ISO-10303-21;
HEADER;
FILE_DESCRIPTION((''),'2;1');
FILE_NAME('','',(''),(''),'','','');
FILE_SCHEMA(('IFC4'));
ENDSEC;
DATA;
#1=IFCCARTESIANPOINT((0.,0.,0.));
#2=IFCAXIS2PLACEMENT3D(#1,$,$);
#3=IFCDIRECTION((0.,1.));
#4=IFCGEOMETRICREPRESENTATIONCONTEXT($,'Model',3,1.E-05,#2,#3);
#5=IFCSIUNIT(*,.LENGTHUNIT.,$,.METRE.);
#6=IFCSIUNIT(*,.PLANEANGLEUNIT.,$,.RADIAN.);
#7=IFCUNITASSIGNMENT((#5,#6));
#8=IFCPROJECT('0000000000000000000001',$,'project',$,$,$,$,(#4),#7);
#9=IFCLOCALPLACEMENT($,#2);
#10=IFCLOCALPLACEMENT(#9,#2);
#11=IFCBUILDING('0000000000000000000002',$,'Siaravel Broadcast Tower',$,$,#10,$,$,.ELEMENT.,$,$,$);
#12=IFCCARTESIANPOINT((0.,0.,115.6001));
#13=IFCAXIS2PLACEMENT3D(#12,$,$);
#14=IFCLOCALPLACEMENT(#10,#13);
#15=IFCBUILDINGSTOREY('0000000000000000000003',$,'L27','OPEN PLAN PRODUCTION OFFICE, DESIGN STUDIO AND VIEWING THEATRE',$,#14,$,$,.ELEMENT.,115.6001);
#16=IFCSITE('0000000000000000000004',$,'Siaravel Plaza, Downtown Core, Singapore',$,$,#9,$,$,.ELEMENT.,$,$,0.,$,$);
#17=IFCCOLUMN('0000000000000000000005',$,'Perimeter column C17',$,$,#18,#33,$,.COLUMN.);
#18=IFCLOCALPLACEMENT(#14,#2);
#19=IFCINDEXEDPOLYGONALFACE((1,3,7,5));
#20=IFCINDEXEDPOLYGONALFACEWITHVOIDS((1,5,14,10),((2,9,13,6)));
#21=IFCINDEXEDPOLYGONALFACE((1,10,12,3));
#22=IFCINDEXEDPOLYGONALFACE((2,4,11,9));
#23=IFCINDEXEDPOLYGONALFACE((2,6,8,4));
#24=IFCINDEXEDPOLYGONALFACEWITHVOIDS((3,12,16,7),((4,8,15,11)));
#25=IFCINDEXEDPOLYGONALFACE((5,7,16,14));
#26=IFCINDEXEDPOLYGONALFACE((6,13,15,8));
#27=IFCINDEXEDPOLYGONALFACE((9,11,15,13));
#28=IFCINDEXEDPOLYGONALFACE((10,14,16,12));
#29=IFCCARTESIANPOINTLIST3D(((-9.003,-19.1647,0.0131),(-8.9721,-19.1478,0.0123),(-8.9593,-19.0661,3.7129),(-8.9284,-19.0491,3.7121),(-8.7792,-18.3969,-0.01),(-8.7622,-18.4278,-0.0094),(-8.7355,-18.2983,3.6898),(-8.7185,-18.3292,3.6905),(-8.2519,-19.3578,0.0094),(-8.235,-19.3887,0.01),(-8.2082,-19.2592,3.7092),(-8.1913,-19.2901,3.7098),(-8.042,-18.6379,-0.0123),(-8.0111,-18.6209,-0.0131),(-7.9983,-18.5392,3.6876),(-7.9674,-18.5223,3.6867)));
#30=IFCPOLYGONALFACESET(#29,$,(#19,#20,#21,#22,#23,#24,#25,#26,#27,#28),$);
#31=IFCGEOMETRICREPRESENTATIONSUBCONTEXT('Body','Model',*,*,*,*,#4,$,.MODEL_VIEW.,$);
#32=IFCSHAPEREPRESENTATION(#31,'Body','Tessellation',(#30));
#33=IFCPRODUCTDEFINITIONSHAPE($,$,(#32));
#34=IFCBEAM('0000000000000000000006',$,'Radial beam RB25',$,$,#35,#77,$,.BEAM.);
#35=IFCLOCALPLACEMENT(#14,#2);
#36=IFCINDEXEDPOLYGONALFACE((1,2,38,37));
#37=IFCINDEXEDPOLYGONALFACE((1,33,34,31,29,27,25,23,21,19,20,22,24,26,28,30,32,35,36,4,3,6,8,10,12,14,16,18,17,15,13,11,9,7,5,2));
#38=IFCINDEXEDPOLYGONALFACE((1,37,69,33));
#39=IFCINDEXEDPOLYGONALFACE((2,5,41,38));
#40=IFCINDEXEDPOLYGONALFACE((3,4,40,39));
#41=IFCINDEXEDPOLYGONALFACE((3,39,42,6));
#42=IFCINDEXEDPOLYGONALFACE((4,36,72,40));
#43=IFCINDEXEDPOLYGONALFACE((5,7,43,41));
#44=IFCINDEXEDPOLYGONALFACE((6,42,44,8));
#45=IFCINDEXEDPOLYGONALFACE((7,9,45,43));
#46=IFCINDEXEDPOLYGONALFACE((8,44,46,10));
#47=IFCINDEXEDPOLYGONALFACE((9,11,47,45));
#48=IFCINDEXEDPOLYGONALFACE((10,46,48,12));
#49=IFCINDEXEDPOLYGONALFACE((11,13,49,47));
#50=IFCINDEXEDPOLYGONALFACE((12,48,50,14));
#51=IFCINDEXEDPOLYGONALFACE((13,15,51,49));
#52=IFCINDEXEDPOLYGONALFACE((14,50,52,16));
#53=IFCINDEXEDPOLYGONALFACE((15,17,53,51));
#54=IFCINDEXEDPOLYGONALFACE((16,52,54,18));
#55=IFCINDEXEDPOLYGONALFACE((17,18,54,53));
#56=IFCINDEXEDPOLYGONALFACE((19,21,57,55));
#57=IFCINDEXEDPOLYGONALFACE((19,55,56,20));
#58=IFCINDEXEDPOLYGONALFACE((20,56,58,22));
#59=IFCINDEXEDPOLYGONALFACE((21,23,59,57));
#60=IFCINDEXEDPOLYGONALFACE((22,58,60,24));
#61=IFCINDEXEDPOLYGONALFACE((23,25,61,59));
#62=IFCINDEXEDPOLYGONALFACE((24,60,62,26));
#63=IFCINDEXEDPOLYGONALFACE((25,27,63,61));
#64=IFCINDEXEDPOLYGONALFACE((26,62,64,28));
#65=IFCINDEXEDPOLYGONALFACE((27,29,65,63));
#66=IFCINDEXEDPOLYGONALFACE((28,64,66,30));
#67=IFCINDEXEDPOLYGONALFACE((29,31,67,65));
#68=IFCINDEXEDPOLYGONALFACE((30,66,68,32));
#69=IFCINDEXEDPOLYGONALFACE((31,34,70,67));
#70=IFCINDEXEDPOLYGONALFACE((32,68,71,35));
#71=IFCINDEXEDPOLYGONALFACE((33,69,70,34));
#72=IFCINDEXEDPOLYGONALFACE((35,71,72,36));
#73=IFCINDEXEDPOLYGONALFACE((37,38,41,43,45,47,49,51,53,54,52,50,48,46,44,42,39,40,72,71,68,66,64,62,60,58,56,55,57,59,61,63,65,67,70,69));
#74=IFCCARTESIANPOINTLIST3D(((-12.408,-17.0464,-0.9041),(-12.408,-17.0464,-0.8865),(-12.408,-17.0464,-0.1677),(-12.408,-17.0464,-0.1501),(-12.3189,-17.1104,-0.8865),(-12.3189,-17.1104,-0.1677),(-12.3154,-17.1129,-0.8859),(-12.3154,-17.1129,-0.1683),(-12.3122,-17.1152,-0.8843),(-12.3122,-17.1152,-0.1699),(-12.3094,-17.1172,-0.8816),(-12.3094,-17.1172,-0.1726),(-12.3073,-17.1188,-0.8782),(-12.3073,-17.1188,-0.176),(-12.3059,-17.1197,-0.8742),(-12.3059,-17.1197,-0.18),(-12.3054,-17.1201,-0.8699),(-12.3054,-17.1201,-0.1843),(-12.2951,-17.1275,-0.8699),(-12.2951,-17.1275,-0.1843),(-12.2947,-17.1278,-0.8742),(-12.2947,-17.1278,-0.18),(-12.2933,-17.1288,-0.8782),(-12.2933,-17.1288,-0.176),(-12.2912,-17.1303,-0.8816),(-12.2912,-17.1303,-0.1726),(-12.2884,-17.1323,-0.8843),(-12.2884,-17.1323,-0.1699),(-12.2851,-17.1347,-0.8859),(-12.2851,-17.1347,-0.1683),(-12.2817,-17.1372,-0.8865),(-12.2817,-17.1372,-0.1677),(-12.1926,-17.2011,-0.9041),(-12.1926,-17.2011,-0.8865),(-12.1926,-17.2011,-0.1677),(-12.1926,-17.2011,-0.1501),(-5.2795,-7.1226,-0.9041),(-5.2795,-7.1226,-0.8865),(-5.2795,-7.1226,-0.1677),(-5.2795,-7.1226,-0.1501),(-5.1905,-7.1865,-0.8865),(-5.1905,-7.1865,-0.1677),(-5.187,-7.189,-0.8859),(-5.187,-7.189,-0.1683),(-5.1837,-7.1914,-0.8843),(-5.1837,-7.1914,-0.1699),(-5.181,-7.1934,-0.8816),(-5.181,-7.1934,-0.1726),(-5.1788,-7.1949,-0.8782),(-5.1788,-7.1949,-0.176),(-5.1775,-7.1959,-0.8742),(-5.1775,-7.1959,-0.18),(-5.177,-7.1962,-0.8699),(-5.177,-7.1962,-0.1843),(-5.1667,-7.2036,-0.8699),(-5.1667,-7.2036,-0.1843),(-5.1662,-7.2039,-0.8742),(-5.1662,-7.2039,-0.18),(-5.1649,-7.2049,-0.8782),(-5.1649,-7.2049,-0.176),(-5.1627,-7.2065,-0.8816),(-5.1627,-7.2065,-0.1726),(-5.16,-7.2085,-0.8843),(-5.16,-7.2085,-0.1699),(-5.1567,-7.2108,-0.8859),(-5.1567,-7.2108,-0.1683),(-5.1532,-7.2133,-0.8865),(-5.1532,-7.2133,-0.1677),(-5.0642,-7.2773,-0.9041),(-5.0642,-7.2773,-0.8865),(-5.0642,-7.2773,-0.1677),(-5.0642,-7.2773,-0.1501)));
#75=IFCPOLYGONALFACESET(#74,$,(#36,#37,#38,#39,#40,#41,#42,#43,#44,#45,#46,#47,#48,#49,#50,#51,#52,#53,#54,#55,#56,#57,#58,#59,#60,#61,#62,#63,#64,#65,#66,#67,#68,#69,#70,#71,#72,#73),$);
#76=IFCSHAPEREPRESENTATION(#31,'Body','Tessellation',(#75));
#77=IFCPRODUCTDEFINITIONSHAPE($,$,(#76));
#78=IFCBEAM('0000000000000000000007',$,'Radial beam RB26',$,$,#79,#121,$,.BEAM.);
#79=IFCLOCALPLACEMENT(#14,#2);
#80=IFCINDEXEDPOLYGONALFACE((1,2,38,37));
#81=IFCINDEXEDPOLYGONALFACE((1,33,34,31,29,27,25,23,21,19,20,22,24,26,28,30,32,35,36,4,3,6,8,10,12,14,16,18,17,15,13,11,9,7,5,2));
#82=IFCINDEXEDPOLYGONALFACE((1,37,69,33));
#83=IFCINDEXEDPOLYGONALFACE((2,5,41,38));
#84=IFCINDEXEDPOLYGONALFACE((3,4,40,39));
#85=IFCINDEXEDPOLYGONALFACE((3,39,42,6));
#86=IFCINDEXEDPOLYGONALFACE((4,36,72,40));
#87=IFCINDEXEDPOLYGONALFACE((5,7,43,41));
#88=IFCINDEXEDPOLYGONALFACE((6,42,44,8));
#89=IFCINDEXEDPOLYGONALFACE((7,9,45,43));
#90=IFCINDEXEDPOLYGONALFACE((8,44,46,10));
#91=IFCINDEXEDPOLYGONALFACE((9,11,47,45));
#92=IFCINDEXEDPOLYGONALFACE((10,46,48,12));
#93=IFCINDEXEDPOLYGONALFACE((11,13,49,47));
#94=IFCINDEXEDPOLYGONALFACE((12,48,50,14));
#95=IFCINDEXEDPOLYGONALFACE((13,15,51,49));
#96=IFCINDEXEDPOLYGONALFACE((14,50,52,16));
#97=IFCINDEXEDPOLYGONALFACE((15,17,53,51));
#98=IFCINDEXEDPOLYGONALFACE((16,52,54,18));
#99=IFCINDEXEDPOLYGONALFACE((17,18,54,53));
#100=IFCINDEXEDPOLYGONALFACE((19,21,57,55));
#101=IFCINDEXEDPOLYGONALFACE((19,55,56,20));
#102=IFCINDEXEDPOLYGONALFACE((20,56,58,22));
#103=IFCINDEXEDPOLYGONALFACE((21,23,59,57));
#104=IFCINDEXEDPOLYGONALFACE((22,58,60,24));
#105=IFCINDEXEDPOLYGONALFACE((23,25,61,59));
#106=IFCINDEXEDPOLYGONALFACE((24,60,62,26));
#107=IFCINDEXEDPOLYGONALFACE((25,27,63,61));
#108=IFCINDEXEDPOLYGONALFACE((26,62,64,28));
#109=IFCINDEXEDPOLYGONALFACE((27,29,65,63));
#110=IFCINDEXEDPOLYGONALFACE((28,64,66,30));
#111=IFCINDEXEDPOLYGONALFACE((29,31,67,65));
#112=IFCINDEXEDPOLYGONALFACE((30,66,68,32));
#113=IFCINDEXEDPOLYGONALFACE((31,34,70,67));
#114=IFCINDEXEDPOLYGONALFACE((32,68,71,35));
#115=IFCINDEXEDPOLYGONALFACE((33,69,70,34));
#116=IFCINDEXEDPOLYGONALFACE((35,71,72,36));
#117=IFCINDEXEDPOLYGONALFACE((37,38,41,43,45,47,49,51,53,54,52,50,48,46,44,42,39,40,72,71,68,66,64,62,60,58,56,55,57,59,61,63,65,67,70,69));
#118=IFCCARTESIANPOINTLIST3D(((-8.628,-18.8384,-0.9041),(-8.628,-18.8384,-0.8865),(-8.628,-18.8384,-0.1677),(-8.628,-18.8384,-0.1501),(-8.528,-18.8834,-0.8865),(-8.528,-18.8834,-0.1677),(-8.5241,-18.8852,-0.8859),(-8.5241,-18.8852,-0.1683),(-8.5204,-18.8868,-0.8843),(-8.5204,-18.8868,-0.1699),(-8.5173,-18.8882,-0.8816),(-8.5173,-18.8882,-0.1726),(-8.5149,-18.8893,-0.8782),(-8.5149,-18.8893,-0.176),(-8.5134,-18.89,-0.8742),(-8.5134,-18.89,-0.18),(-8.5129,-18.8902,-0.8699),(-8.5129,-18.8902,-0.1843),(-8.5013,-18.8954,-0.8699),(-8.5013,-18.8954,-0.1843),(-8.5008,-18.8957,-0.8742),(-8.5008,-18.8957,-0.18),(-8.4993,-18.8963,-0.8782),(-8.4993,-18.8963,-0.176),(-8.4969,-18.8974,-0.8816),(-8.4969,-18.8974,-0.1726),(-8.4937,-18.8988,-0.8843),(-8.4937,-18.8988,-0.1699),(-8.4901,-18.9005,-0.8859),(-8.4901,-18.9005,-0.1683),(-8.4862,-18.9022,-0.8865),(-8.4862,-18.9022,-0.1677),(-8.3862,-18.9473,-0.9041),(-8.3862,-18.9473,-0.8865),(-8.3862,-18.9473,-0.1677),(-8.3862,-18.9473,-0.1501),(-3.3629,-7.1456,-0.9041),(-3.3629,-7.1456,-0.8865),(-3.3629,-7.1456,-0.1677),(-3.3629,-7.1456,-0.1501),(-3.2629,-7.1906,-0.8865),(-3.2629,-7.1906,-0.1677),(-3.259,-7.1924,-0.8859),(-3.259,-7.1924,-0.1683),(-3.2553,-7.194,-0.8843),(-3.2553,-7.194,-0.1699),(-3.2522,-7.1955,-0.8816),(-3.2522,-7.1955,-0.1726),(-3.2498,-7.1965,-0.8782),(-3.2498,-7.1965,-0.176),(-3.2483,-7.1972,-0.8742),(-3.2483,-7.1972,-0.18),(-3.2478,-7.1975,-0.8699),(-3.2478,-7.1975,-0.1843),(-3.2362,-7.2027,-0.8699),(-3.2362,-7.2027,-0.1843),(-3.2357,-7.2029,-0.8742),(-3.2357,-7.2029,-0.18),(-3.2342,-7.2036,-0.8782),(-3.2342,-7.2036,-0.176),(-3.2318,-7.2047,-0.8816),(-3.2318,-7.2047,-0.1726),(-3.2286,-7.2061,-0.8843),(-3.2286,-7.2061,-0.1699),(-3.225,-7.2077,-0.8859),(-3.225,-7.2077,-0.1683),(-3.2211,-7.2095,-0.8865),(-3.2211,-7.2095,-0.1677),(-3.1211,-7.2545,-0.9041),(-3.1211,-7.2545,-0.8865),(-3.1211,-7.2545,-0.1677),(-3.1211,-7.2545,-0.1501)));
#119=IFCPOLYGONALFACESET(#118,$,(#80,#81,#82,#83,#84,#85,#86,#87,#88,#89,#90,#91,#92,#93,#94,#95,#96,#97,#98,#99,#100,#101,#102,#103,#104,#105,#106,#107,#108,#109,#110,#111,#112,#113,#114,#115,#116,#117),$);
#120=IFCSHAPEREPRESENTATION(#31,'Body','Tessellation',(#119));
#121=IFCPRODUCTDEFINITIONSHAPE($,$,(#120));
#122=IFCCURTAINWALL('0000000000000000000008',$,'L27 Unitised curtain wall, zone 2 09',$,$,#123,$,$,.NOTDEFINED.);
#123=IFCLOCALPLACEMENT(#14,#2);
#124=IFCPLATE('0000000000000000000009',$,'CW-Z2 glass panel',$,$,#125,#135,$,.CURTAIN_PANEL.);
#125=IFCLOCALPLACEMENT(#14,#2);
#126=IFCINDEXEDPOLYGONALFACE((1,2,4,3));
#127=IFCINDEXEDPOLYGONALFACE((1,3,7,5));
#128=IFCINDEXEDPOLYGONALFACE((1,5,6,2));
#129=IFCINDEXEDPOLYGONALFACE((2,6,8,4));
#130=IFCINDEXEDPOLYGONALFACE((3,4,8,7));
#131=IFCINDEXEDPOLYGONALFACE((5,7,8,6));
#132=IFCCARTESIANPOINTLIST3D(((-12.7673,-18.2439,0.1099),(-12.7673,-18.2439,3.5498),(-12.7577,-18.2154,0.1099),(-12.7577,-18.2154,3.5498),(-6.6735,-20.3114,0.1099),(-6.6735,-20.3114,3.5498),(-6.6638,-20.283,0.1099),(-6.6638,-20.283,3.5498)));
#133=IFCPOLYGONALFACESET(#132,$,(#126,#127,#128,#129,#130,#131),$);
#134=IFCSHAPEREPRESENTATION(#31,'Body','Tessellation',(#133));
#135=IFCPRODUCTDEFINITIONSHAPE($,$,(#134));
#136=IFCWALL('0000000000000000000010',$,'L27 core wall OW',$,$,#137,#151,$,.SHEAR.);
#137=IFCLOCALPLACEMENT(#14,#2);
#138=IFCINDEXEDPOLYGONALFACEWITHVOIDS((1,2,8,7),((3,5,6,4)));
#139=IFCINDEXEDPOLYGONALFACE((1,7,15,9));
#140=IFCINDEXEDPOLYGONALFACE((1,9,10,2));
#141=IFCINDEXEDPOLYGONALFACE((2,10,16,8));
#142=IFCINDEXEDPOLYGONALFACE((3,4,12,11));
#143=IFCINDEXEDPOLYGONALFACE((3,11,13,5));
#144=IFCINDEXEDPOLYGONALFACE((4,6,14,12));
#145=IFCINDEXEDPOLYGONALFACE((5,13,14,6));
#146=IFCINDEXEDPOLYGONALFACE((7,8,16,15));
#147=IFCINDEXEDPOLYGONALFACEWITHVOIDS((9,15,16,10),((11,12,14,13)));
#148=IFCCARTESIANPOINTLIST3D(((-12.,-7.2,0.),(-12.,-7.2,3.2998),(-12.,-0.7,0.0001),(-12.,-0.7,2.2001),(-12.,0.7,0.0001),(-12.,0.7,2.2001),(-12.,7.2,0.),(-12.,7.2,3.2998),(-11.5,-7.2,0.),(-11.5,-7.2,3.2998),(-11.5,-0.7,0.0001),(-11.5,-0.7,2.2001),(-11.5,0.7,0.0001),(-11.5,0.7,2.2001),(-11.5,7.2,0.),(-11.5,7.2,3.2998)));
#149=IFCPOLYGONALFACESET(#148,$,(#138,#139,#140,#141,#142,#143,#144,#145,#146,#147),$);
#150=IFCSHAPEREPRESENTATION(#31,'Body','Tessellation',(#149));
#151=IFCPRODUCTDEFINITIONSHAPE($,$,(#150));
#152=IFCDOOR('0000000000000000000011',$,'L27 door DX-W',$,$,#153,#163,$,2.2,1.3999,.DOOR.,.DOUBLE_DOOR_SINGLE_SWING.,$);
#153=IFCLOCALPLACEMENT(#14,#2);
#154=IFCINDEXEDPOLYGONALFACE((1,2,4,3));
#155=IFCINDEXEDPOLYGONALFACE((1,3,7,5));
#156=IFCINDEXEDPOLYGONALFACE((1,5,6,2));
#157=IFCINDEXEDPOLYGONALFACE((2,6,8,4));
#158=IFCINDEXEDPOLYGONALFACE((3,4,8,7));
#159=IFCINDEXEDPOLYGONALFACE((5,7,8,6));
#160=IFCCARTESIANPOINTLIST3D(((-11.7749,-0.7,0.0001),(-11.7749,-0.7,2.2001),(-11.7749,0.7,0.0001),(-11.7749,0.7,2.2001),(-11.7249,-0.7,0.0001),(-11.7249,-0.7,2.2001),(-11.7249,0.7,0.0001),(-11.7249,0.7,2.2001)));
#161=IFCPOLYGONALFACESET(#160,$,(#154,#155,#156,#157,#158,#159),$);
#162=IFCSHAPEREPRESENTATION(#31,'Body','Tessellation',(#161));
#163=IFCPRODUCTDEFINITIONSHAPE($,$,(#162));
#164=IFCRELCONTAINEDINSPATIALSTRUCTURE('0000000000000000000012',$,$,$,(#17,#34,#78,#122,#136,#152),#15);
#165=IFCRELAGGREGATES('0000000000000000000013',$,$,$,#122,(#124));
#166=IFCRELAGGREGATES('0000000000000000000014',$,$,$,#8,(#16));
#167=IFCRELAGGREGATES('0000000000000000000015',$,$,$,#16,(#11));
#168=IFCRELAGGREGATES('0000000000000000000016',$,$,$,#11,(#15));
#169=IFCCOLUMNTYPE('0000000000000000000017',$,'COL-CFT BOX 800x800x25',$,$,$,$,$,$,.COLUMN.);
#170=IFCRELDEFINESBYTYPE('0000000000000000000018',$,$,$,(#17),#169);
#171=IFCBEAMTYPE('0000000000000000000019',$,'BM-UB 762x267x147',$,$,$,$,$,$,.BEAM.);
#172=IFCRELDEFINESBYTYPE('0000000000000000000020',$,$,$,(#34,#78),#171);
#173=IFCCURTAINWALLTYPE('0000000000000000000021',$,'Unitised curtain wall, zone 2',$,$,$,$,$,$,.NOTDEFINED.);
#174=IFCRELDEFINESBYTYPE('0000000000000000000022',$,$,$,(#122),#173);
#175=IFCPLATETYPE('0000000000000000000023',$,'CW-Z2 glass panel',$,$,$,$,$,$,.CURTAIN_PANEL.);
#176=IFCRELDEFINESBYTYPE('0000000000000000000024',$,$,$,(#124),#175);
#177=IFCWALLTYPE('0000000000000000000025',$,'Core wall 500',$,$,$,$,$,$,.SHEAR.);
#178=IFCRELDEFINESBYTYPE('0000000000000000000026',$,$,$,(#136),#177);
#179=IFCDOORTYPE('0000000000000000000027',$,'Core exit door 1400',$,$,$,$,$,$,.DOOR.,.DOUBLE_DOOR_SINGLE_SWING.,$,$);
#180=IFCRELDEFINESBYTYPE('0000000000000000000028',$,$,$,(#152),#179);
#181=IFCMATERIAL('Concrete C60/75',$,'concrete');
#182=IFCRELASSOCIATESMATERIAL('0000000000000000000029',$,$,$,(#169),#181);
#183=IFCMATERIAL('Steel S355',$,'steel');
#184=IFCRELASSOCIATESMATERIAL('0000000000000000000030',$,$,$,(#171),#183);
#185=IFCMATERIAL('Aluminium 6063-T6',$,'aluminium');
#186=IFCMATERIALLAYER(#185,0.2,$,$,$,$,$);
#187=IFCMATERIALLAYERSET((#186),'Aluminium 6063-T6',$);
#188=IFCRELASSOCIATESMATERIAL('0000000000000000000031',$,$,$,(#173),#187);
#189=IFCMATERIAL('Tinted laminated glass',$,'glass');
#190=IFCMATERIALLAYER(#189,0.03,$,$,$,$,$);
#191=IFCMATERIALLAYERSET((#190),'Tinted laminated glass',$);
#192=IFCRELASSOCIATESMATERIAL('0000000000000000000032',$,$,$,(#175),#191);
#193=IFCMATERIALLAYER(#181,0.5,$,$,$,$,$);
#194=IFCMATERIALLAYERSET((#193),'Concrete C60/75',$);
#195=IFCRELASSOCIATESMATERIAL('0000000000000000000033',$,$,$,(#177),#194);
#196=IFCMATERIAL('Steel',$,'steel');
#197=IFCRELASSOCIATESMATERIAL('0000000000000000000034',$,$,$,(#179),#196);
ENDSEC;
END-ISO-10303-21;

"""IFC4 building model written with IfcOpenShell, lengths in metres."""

from ifc_helpers import new_model, si_unit, direction, frame, frame_2d, origin, origin_2d, place, context, subcontext, project, spatial, rectangle, hollow_rectangle, i_section, extrude, material, layer, layer_set, material_profile, profile_set, type_object, element, fill, aggregate, save


model = new_model("IFC4")

# Units and contexts
model_context = context("Model", 3, precision=1e-05, world=origin(), true_north=direction((0.0, 1.0)))
body_context = subcontext(model_context, "Body", "Model", "MODEL_VIEW")
ifc_project = project(units=[si_unit("LENGTHUNIT", "METRE"), si_unit("PLANEANGLEUNIT", "RADIAN")], contexts=[model_context])

# Site, building, storey
site_placement = place(None, origin())
site = spatial("IfcSite", under=ifc_project, at=site_placement, Name="Siaravel Plaza, Downtown Core, Singapore", CompositionType="ELEMENT", RefElevation=0.0)
building_placement = place(site_placement, origin())
building = spatial("IfcBuilding", under=site, at=building_placement, Name="Siaravel Broadcast Tower", CompositionType="ELEMENT")
storey_placement = place(building_placement, frame((0.0, 0.0, 115.6001)))
storey = spatial("IfcBuildingStorey", under=building, at=storey_placement, Name="L27", Description="OPEN PLAN PRODUCTION OFFICE, DESIGN STUDIO AND VIEWING THEATRE", CompositionType="ELEMENT", Elevation=115.6001)

# Column
ifc_material_1 = material(Name="Concrete C60/75", Category="concrete")
ifc_material_profile_1 = material_profile(ifc_material_1, hollow_rectangle(XDim=0.8, YDim=0.8, WallThickness=0.0249, at=origin_2d()))
ifc_profile_set_1 = profile_set([ifc_material_profile_1], Name="Concrete C60/75")
column_type = type_object("IfcColumnType", Name="COL-CFT BOX 800x800x25", PredefinedType="COLUMN", material=ifc_profile_set_1)
column_placement = place(storey_placement, frame((-8.5071, -18.8928, 0.0), z_axis=(0.011806, 0.026647, 0.999575), x_axis=(-0.959994, 0.279992, 0.003875)))
element("IfcColumn", 1, at=column_placement, inside=storey, type_object=column_type, Name="Perimeter column C17", PredefinedType="COLUMN", context=body_context, shape_type="SweptSolid", body=[
    extrude(hollow_rectangle(XDim=0.8, YDim=0.8, WallThickness=0.0249, at=origin_2d()), origin(), (0.0, 0.0, 1.0), 3.7014),
])

# Beams
ifc_material_2 = material(Name="Steel S355", Category="steel")
ifc_material_profile_2 = material_profile(ifc_material_2, i_section(OverallWidth=0.2651, OverallDepth=0.7539, WebThickness=0.0127, FlangeThickness=0.0176, FilletRadius=0.0166, at=origin_2d()))
ifc_profile_set_2 = profile_set([ifc_material_profile_2], Name="Steel S355")
beam_type = type_object("IfcBeamType", Name="BM-UB 762x267x147", PredefinedType="BEAM", material=ifc_profile_set_2)
beam_1_placement = place(storey_placement, frame((-12.3003, -17.1238, -0.5271), z_axis=(0.583402, 0.812183, 0.0), x_axis=(-0.812183, 0.583402, 0.0)))
element("IfcBeam", 2, at=beam_1_placement, inside=storey, type_object=beam_type, Name="Radial beam RB25", PredefinedType="BEAM", context=body_context, shape_type="SweptSolid", body=[
    extrude(i_section(OverallWidth=0.2651, OverallDepth=0.7539, WebThickness=0.0127, FlangeThickness=0.0176, FilletRadius=0.0166, at=origin_2d()), origin(), (0.0, 0.0, 1.0), 12.2188),
])
beam_2_placement = place(storey_placement, frame((-8.5071, -18.8928, -0.5271), z_axis=(0.410582, 0.911824, 0.0), x_axis=(-0.911824, 0.410582, 0.0)))
element("IfcBeam", 3, at=beam_2_placement, inside=storey, type_object=beam_type, Name="Radial beam RB26", PredefinedType="BEAM", context=body_context, shape_type="SweptSolid", body=[
    extrude(i_section(OverallWidth=0.2651, OverallDepth=0.7539, WebThickness=0.0127, FlangeThickness=0.0176, FilletRadius=0.0166, at=origin_2d()), origin(), (0.0, 0.0, 1.0), 12.8235),
])

# Curtain wall, plate
ifc_material_3 = material(Name="Aluminium 6063-T6", Category="aluminium")
ifc_layer_1 = layer(ifc_material_3, 0.2)
ifc_layer_set_1 = layer_set([ifc_layer_1], Name="Aluminium 6063-T6")
curtain_wall_type = type_object("IfcCurtainWallType", Name="Unitised curtain wall, zone 2", PredefinedType="NOTDEFINED", material=ifc_layer_set_1)
curtain_wall_placement = place(storey_placement, origin())
curtain_wall = element("IfcCurtainWall", 4, at=curtain_wall_placement, inside=storey, type_object=curtain_wall_type, Name="L27 Unitised curtain wall, zone 2 09", PredefinedType="NOTDEFINED")
ifc_material_4 = material(Name="Tinted laminated glass", Category="glass")
ifc_layer_2 = layer(ifc_material_4, 0.03)
ifc_layer_set_2 = layer_set([ifc_layer_2], Name="Tinted laminated glass")
plate_type = type_object("IfcPlateType", Name="CW-Z2 glass panel", PredefinedType="CURTAIN_PANEL", material=ifc_layer_set_2)
plate_placement = place(storey_placement, frame((-9.7156, -19.2634, 0.1099), z_axis=(0.0, 0.0, 1.0), x_axis=(0.946977, -0.321301, 0.0)))
plate = element("IfcPlate", 5, at=plate_placement, type_object=plate_type, Name="CW-Z2 glass panel", PredefinedType="CURTAIN_PANEL", context=body_context, shape_type="SweptSolid", body=[
    extrude(rectangle(XDim=6.4351, YDim=0.03, at=origin_2d()), origin(), (0.0, 0.0, 1.0), 3.4399),
])
aggregate(curtain_wall, [plate])

# Wall, opening, door
ifc_layer_3 = layer(ifc_material_1, 0.5)
ifc_layer_set_3 = layer_set([ifc_layer_3], Name="Concrete C60/75")
wall_type_1 = type_object("IfcWallType", Name="Core wall 500", PredefinedType="SHEAR", material=ifc_layer_set_3)
wall_1_placement = place(storey_placement, frame((-11.75, -7.2, 0.0), z_axis=(0.0, 0.0, 1.0), x_axis=(0.0, 1.0, 0.0)))
wall_1 = element("IfcWall", 6, at=wall_1_placement, inside=storey, type_object=wall_type_1, Name="L27 core wall OW", PredefinedType="SHEAR", context=body_context, shape_type="SweptSolid", body=[
    extrude(rectangle(XDim=14.3999, YDim=0.5, at=frame_2d((7.2, 0.0))), origin(), (0.0, 0.0, 1.0), 3.2998),
])
opening_1_placement = place(wall_1_placement, frame((6.5, 0.0, 0.0)))
opening_1 = element("IfcOpeningElement", 7, at=opening_1_placement, cuts=wall_1, PredefinedType="OPENING", context=body_context, shape_type="SweptSolid", body=[
    extrude(rectangle(XDim=1.3999, YDim=2.2, at=frame_2d((0.7, 1.1001))), frame((0.0, 0.26, 0.0), z_axis=(0.0, -1.0, 0.0), x_axis=(1.0, 0.0, 0.0)), (0.0, 0.0, 1.0), 0.52),
])
ifc_material_5 = material(Name="Steel", Category="steel")
door_type_1 = type_object("IfcDoorType", Name="Core exit door 1400", OperationType="DOUBLE_DOOR_SINGLE_SWING", PredefinedType="DOOR", material=ifc_material_5)
door_1_placement = place(opening_1_placement, origin())
door_1 = element("IfcDoor", 8, at=door_1_placement, inside=storey, type_object=door_type_1, Name="L27 door DX-W", OperationType="DOUBLE_DOOR_SINGLE_SWING", OverallHeight=2.2, OverallWidth=1.3999, PredefinedType="DOOR", context=body_context, shape_type="SweptSolid", body=[
    extrude(rectangle(XDim=1.3999, YDim=2.2, at=frame_2d((0.7, 1.1001))), frame((0.0, 0.0249, 0.0), z_axis=(0.0, -1.0, 0.0), x_axis=(1.0, 0.0, 0.0)), (0.0, 0.0, 1.0), 0.05),
])
fill(opening_1, door_1)

save(model, "model.ifc")
